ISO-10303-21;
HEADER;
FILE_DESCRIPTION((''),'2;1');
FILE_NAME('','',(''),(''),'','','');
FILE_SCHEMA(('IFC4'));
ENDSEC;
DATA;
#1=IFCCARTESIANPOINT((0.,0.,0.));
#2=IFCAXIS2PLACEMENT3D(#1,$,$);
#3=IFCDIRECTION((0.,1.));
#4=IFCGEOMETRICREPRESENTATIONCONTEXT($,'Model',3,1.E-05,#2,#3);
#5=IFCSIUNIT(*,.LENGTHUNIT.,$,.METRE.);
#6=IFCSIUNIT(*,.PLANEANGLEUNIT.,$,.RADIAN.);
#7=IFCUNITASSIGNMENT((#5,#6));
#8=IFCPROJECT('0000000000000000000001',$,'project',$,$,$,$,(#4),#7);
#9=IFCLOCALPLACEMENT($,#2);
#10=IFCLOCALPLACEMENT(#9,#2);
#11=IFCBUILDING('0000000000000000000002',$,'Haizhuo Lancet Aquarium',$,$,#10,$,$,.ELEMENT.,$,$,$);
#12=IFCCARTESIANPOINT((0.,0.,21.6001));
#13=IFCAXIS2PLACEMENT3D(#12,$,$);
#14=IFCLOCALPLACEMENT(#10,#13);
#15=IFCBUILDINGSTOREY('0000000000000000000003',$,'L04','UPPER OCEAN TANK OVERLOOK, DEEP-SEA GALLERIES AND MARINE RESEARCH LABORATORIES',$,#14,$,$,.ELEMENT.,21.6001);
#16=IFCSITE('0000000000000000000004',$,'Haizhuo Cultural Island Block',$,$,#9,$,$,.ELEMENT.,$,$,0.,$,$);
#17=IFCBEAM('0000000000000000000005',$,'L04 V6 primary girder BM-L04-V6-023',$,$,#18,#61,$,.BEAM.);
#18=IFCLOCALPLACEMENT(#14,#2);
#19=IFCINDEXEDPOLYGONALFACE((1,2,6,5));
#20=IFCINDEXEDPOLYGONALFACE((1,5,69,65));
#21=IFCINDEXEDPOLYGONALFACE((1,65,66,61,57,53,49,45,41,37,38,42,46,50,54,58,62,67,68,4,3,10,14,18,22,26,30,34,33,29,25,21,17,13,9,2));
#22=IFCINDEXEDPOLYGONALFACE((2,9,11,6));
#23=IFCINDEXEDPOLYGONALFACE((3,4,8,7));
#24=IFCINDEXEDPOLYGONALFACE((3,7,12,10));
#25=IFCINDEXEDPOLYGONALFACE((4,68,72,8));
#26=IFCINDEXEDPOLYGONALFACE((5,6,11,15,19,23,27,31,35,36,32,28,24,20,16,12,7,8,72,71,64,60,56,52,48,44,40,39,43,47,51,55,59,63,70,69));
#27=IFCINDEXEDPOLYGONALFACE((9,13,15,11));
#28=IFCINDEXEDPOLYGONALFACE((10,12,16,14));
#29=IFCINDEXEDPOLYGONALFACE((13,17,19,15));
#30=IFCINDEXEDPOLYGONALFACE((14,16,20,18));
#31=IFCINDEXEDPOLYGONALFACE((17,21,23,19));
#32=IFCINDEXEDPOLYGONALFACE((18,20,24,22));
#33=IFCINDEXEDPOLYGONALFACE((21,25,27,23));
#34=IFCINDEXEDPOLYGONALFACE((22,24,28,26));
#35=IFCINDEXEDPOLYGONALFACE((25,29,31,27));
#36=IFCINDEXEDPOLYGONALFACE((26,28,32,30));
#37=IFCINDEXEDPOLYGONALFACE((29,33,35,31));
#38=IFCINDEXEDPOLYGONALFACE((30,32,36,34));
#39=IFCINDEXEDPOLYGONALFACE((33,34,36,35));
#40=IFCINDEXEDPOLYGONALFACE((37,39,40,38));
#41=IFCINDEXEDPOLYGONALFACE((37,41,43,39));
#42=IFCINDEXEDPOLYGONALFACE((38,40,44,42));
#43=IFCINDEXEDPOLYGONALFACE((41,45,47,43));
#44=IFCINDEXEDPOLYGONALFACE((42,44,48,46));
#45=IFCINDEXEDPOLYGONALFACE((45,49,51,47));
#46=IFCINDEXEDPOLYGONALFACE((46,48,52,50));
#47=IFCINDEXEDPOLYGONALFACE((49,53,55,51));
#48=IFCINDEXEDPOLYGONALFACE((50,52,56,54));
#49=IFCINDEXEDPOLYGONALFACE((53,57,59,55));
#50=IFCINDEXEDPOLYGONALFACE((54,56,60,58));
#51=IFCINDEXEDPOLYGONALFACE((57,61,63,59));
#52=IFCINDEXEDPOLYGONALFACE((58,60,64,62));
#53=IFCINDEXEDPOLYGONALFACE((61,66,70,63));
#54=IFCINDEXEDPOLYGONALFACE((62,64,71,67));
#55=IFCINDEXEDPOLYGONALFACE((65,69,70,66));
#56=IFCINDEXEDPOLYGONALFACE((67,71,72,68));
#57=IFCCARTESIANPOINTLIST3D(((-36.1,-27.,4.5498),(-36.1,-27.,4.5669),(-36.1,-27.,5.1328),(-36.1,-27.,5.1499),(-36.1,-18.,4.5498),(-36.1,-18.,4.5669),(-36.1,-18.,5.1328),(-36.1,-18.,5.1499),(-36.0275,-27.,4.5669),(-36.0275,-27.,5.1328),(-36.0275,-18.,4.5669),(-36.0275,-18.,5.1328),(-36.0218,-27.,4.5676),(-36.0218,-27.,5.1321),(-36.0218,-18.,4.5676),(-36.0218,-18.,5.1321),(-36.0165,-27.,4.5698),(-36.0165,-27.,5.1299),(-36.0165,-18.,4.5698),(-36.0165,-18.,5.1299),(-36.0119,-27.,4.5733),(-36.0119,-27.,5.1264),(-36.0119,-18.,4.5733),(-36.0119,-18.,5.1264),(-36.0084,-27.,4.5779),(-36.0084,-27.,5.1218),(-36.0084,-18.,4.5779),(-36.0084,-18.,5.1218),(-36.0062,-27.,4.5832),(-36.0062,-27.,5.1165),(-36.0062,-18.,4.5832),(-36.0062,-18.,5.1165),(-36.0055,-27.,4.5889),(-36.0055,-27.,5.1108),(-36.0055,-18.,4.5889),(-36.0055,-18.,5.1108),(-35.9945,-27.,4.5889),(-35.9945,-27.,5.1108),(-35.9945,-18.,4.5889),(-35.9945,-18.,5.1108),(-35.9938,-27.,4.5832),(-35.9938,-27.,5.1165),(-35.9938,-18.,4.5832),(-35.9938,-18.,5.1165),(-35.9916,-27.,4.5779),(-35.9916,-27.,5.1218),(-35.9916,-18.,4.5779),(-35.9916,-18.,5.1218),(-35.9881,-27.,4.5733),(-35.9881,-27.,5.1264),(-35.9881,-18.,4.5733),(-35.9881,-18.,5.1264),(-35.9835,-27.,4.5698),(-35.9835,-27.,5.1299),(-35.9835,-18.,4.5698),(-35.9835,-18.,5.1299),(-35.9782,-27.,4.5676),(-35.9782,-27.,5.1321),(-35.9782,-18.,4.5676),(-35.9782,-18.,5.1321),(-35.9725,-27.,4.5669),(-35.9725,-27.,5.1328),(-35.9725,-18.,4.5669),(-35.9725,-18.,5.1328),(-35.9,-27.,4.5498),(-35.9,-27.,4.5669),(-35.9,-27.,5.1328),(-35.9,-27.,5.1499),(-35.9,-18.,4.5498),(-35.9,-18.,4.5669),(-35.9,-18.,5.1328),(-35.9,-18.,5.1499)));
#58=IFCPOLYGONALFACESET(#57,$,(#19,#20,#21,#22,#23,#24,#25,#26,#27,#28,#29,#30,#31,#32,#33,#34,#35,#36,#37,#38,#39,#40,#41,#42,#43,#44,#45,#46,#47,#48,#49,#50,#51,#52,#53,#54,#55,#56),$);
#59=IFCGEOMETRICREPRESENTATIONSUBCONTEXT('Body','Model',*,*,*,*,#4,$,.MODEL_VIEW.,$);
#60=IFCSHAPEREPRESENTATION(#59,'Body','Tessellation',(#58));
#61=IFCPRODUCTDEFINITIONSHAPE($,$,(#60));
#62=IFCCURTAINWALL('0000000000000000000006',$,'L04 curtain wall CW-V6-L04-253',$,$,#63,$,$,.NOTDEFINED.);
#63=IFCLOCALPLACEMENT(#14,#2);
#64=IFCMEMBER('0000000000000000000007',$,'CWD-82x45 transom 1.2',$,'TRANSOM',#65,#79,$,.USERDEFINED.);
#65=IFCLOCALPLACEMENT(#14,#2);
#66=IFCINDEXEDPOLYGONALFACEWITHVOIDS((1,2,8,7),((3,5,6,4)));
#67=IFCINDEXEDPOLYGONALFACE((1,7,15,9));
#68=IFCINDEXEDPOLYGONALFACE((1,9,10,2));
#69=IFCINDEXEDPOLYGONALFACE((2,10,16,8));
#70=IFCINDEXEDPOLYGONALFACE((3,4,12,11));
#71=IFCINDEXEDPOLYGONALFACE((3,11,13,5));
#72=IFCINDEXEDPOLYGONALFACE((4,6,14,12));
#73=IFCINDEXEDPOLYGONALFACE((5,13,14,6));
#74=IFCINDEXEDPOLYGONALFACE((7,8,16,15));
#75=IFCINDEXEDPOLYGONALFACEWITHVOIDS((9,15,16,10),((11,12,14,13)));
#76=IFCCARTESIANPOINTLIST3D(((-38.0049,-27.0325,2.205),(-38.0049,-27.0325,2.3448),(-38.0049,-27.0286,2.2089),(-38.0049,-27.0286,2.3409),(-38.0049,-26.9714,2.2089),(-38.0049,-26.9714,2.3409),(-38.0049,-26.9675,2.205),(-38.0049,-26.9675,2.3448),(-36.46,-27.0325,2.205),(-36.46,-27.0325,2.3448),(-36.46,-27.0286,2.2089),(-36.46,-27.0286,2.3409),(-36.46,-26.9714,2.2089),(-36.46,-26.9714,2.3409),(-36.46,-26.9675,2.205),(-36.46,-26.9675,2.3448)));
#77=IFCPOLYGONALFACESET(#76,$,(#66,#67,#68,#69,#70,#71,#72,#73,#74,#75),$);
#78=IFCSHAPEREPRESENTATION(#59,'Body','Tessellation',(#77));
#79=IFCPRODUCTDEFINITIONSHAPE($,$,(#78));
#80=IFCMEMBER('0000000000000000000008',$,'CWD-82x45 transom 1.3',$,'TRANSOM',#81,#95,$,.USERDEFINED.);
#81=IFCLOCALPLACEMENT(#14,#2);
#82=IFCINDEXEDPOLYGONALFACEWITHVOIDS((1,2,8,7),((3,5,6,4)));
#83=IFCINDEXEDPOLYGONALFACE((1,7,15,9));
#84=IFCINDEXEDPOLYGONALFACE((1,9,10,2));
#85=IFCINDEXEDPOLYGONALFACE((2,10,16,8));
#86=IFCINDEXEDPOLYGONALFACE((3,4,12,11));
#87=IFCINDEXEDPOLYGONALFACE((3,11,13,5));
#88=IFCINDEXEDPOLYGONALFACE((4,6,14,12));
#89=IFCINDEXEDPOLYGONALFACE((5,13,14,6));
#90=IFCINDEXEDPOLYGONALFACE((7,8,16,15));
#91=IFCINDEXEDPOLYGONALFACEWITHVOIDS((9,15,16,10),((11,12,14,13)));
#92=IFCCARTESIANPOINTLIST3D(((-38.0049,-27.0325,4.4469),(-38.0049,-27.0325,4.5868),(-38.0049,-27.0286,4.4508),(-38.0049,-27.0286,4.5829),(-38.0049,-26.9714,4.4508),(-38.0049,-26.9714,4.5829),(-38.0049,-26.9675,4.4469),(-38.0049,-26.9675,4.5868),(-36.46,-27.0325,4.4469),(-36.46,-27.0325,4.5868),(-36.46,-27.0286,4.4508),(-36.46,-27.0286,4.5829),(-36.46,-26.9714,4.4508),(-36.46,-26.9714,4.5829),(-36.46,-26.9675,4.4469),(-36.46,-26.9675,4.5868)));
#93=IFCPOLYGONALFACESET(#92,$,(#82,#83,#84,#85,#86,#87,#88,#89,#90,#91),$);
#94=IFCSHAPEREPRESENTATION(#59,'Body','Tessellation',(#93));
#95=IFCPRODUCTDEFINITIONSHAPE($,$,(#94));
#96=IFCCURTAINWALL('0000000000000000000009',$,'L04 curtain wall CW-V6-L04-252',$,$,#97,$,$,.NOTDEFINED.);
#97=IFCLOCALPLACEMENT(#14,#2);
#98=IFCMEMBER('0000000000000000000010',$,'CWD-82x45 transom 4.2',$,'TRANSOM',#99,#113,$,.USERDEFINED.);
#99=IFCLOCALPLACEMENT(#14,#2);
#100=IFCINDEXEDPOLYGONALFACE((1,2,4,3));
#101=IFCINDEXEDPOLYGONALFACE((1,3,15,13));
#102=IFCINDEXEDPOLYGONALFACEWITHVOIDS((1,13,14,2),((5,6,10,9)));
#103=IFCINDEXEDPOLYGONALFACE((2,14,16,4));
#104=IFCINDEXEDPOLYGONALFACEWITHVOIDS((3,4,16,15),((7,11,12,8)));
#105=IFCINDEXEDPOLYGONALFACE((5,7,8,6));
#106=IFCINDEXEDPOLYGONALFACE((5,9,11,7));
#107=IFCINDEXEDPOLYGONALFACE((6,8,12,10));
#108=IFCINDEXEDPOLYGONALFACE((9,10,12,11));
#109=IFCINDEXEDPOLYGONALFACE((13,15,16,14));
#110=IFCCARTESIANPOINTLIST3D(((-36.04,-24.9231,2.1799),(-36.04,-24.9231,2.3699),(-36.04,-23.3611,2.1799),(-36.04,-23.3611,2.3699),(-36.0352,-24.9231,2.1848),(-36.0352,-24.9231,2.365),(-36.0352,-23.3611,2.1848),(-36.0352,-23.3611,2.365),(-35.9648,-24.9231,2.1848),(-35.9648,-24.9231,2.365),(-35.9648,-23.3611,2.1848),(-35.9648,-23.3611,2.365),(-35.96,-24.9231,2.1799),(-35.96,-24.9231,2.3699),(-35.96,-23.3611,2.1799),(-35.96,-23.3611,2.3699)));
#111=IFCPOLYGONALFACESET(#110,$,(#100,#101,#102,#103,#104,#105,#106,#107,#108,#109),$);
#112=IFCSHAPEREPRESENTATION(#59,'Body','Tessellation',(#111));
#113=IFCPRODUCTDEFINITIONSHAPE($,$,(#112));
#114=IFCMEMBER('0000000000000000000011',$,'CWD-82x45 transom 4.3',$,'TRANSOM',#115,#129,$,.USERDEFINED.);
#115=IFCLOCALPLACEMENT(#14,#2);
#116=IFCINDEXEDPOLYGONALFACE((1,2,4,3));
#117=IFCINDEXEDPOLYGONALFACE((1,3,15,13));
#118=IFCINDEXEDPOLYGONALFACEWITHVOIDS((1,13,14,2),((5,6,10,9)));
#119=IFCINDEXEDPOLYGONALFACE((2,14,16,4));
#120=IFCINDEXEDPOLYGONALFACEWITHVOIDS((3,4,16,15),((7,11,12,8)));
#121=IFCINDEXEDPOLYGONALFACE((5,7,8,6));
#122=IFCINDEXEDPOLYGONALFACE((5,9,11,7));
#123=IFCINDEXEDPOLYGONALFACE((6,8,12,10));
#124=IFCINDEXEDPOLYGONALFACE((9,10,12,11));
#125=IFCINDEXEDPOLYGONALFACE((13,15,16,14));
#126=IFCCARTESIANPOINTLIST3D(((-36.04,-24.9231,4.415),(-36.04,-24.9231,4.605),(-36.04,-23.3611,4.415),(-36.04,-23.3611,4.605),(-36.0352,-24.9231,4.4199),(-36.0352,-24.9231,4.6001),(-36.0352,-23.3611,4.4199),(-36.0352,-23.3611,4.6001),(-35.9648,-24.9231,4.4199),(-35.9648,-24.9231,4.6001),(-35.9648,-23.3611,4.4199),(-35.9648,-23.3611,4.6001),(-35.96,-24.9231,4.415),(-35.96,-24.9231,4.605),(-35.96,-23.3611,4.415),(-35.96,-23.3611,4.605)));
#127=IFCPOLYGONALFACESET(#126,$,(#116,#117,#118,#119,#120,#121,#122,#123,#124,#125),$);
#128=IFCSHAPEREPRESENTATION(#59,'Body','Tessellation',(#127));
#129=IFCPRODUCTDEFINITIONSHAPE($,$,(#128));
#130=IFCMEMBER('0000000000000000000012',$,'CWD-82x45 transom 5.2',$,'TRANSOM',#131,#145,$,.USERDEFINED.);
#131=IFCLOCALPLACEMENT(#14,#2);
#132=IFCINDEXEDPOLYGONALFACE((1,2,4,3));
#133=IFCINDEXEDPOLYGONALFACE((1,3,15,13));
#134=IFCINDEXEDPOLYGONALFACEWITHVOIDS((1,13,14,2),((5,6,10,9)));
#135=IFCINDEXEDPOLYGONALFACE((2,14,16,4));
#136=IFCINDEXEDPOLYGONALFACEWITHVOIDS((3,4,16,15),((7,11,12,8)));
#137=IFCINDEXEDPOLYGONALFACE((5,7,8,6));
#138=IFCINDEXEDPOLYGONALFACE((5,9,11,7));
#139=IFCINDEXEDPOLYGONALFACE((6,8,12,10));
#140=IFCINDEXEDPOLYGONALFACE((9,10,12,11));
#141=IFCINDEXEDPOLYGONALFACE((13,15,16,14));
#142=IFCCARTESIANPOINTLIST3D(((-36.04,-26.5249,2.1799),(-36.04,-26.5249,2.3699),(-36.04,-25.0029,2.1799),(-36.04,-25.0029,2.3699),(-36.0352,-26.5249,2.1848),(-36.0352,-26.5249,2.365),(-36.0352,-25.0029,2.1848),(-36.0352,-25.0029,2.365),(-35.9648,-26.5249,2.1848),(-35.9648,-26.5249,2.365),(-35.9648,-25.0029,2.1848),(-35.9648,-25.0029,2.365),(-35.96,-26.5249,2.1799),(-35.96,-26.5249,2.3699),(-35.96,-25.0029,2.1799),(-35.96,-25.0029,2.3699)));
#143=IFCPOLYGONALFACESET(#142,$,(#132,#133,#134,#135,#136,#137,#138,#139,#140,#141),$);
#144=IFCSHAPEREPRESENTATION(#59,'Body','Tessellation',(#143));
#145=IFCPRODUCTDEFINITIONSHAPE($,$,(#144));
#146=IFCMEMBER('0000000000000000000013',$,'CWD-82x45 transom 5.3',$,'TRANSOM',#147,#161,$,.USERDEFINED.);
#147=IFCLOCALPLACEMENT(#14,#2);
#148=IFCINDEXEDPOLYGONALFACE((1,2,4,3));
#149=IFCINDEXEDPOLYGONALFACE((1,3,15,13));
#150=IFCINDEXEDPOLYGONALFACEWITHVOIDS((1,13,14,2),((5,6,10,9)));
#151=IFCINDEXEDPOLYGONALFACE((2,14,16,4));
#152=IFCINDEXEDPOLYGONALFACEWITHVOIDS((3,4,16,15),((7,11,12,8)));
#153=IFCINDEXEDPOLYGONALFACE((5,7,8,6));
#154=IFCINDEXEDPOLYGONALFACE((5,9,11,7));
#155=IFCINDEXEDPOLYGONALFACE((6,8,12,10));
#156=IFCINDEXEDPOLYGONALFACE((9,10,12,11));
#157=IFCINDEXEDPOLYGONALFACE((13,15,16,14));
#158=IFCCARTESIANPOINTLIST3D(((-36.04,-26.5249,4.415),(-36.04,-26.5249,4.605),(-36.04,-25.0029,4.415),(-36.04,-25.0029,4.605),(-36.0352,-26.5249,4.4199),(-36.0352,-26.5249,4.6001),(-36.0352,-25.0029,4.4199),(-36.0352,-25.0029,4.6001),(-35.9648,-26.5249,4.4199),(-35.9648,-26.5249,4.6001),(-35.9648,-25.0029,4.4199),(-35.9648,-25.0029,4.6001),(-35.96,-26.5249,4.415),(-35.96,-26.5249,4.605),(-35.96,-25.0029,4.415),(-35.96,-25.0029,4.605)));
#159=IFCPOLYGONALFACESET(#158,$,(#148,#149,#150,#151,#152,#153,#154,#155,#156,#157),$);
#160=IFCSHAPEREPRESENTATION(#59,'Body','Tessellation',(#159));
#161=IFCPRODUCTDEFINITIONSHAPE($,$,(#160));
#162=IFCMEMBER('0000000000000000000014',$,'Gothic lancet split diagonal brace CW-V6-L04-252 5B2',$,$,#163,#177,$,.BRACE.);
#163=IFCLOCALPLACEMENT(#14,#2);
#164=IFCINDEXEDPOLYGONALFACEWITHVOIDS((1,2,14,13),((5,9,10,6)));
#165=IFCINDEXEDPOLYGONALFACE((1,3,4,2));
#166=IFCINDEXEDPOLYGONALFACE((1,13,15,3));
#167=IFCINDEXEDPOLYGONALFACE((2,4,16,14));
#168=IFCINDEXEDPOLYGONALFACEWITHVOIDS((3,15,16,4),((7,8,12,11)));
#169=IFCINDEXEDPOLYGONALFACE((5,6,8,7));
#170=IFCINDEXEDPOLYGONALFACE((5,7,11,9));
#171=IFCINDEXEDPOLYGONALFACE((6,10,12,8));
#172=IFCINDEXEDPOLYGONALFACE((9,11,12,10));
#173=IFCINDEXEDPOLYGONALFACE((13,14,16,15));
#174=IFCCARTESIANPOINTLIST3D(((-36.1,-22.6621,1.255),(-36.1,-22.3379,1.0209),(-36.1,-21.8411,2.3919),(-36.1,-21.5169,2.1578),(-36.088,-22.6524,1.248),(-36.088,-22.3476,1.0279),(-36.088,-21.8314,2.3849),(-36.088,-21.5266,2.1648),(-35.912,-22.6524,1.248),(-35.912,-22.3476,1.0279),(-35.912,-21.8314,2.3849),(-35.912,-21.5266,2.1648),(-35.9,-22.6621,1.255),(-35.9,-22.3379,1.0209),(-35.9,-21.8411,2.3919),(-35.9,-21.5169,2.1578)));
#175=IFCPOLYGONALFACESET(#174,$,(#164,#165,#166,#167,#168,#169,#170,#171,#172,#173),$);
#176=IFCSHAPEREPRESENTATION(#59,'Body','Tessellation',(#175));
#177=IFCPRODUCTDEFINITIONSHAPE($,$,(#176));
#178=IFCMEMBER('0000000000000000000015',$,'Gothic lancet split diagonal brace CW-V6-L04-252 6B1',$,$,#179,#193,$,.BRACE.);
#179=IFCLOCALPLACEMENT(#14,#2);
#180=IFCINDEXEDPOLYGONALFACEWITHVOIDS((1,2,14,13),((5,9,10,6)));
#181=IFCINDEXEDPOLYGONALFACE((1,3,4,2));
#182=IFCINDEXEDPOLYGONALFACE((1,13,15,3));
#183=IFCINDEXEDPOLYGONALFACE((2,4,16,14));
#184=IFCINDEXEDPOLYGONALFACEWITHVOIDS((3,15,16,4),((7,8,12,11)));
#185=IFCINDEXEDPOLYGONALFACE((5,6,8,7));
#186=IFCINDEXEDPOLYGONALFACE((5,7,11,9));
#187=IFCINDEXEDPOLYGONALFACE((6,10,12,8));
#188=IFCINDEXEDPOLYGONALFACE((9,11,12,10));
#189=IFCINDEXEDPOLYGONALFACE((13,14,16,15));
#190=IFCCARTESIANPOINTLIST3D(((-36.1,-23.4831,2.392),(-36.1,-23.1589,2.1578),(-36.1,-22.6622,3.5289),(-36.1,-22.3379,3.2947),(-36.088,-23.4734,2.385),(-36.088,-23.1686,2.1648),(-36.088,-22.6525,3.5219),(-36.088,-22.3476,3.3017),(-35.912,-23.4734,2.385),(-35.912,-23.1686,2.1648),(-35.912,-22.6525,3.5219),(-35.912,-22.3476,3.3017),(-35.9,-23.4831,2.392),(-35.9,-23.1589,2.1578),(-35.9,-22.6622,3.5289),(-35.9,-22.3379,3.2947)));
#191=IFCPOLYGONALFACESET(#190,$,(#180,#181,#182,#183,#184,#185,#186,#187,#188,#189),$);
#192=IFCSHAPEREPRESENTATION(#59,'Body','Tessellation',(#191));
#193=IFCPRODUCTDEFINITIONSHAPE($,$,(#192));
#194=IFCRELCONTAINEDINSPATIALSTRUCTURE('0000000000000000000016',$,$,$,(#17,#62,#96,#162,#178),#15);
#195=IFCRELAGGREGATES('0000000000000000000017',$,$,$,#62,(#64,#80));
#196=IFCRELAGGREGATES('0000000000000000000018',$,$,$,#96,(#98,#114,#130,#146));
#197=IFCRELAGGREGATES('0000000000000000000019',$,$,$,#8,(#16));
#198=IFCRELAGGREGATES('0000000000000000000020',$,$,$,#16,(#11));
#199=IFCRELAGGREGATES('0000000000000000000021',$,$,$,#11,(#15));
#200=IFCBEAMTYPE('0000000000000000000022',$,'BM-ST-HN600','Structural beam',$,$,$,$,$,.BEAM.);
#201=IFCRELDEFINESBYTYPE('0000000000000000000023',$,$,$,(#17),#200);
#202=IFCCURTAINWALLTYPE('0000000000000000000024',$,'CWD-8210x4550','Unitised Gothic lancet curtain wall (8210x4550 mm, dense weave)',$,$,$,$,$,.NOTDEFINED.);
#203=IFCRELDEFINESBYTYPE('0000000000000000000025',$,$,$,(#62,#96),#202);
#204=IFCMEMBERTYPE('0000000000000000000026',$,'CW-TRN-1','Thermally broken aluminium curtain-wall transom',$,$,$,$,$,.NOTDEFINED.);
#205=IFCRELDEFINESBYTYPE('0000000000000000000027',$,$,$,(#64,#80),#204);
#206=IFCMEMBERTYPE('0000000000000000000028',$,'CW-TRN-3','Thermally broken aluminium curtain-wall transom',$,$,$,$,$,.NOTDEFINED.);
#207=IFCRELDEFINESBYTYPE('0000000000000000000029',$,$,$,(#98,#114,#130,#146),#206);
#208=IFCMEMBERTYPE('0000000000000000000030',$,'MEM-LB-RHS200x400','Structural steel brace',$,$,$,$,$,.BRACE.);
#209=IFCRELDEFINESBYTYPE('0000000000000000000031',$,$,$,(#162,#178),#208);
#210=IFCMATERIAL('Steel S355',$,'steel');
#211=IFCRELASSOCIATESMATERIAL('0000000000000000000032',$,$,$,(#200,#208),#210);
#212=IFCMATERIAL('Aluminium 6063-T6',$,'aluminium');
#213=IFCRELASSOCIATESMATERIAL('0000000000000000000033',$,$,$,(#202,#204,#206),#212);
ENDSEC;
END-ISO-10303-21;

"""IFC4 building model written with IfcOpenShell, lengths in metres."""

from ifc_helpers import new_model, si_unit, direction, frame, origin, origin_2d, place, context, subcontext, project, spatial, hollow_rectangle, i_section, extrude, material, material_profile, profile_set, type_object, element, aggregate, save


model = new_model("IFC4")

# Units and contexts
model_context = context("Model", 3, precision=1e-05, world=origin(), true_north=direction((0.0, 1.0)))
body_context = subcontext(model_context, "Body", "Model", "MODEL_VIEW")
ifc_project = project(units=[si_unit("LENGTHUNIT", "METRE"), si_unit("PLANEANGLEUNIT", "RADIAN")], contexts=[model_context])

# Site, building, storey
site_placement = place(None, origin())
site = spatial("IfcSite", under=ifc_project, at=site_placement, Name="Haizhuo Cultural Island Block", CompositionType="ELEMENT", RefElevation=0.0)
building_placement = place(site_placement, origin())
building = spatial("IfcBuilding", under=site, at=building_placement, Name="Haizhuo Lancet Aquarium", CompositionType="ELEMENT")
storey_placement = place(building_placement, frame((0.0, 0.0, 21.6001)))
storey = spatial("IfcBuildingStorey", under=building, at=storey_placement, Name="L04", Description="UPPER OCEAN TANK OVERLOOK, DEEP-SEA GALLERIES AND MARINE RESEARCH LABORATORIES", CompositionType="ELEMENT", Elevation=21.6001)

# Beam
ifc_material_1 = material(Name="Steel S355", Category="steel")
ifc_material_profile_1 = material_profile(ifc_material_1, i_section(OverallWidth=0.2, OverallDepth=0.6001, WebThickness=0.011, FlangeThickness=0.0171, FilletRadius=0.022, at=origin_2d()), Name="HN 600x200x11x17")
ifc_profile_set_1 = profile_set([ifc_material_profile_1], Name="Steel S355")
beam_type = type_object("IfcBeamType", Name="BM-ST-HN600", Description="Structural beam", PredefinedType="BEAM", material=ifc_profile_set_1)
beam_placement = place(storey_placement, frame((-36.0, -27.0, 4.8499), z_axis=(0.0, 1.0, 0.0), x_axis=(-1.0, 0.0, 0.0)))
element("IfcBeam", 1, at=beam_placement, inside=storey, type_object=beam_type, Name="L04 V6 primary girder BM-L04-V6-023", PredefinedType="BEAM", context=body_context, shape_type="SweptSolid", body=[
    extrude(i_section(OverallWidth=0.2, OverallDepth=0.6001, WebThickness=0.011, FlangeThickness=0.0171, FilletRadius=0.022, at=origin_2d()), origin(), (0.0, 0.0, 1.0), 9.0),
])

# Curtain walls, members
ifc_material_2 = material(Name="Aluminium 6063-T6", Category="aluminium")
curtain_wall_type = type_object("IfcCurtainWallType", Name="CWD-8210x4550", Description="Unitised Gothic lancet curtain wall (8210x4550 mm, dense weave)", PredefinedType="NOTDEFINED", material=ifc_material_2)
curtain_wall_1_placement = place(storey_placement, origin())
curtain_wall_1 = element("IfcCurtainWall", 2, at=curtain_wall_1_placement, inside=storey, type_object=curtain_wall_type, Name="L04 curtain wall CW-V6-L04-253", PredefinedType="NOTDEFINED")
ifc_material_profile_2 = material_profile(ifc_material_2, hollow_rectangle(XDim=0.0649, YDim=0.1399, WallThickness=0.0039, at=origin_2d()), Name="ALU-T 65x140x4")
ifc_profile_set_2 = profile_set([ifc_material_profile_2], Name="Aluminium 6063-T6")
member_type_1 = type_object("IfcMemberType", Name="CW-TRN-1", Description="Thermally broken aluminium curtain-wall transom", PredefinedType="NOTDEFINED", material=ifc_profile_set_2)
member_1_placement = place(storey_placement, frame((-36.46, -27.0, 2.2749), z_axis=(-1.0, 0.0, 0.0), x_axis=(0.0, -1.0, 0.0)))
member_1 = element("IfcMember", 3, at=member_1_placement, type_object=member_type_1, Name="CWD-82x45 transom 1.2", ObjectType="TRANSOM", PredefinedType="USERDEFINED", context=body_context, shape_type="SweptSolid", body=[
    extrude(hollow_rectangle(XDim=0.0649, YDim=0.1399, WallThickness=0.0039, at=origin_2d()), origin(), (0.0, 0.0, 1.0), 1.5449),
])
member_2_placement = place(storey_placement, frame((-36.46, -27.0, 4.5168), z_axis=(-1.0, 0.0, 0.0), x_axis=(0.0, -1.0, 0.0)))
member_2 = element("IfcMember", 4, at=member_2_placement, type_object=member_type_1, Name="CWD-82x45 transom 1.3", ObjectType="TRANSOM", PredefinedType="USERDEFINED", context=body_context, shape_type="SweptSolid", body=[
    extrude(hollow_rectangle(XDim=0.0649, YDim=0.1399, WallThickness=0.0039, at=origin_2d()), origin(), (0.0, 0.0, 1.0), 1.5449),
])
curtain_wall_2_placement = place(storey_placement, origin())
curtain_wall_2 = element("IfcCurtainWall", 5, at=curtain_wall_2_placement, inside=storey, type_object=curtain_wall_type, Name="L04 curtain wall CW-V6-L04-252", PredefinedType="NOTDEFINED")
ifc_material_profile_3 = material_profile(ifc_material_2, hollow_rectangle(XDim=0.0801, YDim=0.1899, WallThickness=0.0049, at=origin_2d()), Name="ALU-T 80x190x5")
ifc_profile_set_3 = profile_set([ifc_material_profile_3], Name="Aluminium 6063-T6")
member_type_2 = type_object("IfcMemberType", Name="CW-TRN-3", Description="Thermally broken aluminium curtain-wall transom", PredefinedType="NOTDEFINED", material=ifc_profile_set_3)
member_3_placement = place(storey_placement, frame((-36.0, -23.3611, 2.2749), z_axis=(0.0, -1.0, 0.0), x_axis=(1.0, 0.0, 0.0)))
member_3 = element("IfcMember", 6, at=member_3_placement, type_object=member_type_2, Name="CWD-82x45 transom 4.2", ObjectType="TRANSOM", PredefinedType="USERDEFINED", context=body_context, shape_type="SweptSolid", body=[
    extrude(hollow_rectangle(XDim=0.0801, YDim=0.1899, WallThickness=0.0049, at=origin_2d()), origin(), (0.0, 0.0, 1.0), 1.562),
])
member_4_placement = place(storey_placement, frame((-36.0, -23.3611, 4.51), z_axis=(0.0, -1.0, 0.0), x_axis=(1.0, 0.0, 0.0)))
member_4 = element("IfcMember", 7, at=member_4_placement, type_object=member_type_2, Name="CWD-82x45 transom 4.3", ObjectType="TRANSOM", PredefinedType="USERDEFINED", context=body_context, shape_type="SweptSolid", body=[
    extrude(hollow_rectangle(XDim=0.0801, YDim=0.1899, WallThickness=0.0049, at=origin_2d()), origin(), (0.0, 0.0, 1.0), 1.562),
])
member_5_placement = place(storey_placement, frame((-36.0, -25.0029, 2.2749), z_axis=(0.0, -1.0, 0.0), x_axis=(1.0, 0.0, 0.0)))
member_5 = element("IfcMember", 8, at=member_5_placement, type_object=member_type_2, Name="CWD-82x45 transom 5.2", ObjectType="TRANSOM", PredefinedType="USERDEFINED", context=body_context, shape_type="SweptSolid", body=[
    extrude(hollow_rectangle(XDim=0.0801, YDim=0.1899, WallThickness=0.0049, at=origin_2d()), origin(), (0.0, 0.0, 1.0), 1.522),
])
member_6_placement = place(storey_placement, frame((-36.0, -25.0029, 4.51), z_axis=(0.0, -1.0, 0.0), x_axis=(1.0, 0.0, 0.0)))
member_6 = element("IfcMember", 9, at=member_6_placement, type_object=member_type_2, Name="CWD-82x45 transom 5.3", ObjectType="TRANSOM", PredefinedType="USERDEFINED", context=body_context, shape_type="SweptSolid", body=[
    extrude(hollow_rectangle(XDim=0.0801, YDim=0.1899, WallThickness=0.0049, at=origin_2d()), origin(), (0.0, 0.0, 1.0), 1.522),
])

# Members
ifc_material_profile_4 = material_profile(ifc_material_1, hollow_rectangle(XDim=0.2, YDim=0.3999, WallThickness=0.012, at=origin_2d()), Name="RHS 200x400x12")
ifc_profile_set_4 = profile_set([ifc_material_profile_4], Name="Steel S355")
member_type_3 = type_object("IfcMemberType", Name="MEM-LB-RHS200x400", Description="Structural steel brace", PredefinedType="BRACE", material=ifc_profile_set_4)
for number, where, z_axis, x_axis, name in (
    (10, (-36.0, -22.5, 1.1379), (0.0, 0.585446, 0.810711), (-1.0, 0.0, 0.0), "Gothic lancet split diagonal brace CW-V6-L04-252 5B2"),
    (11, (-36.0, -23.321, 2.2749), (0.0, 0.585446, 0.810711), (-1.0, 0.0, 0.0), "Gothic lancet split diagonal brace CW-V6-L04-252 6B1"),
):
    element("IfcMember", number, at=place(storey_placement, frame(where, z_axis=z_axis, x_axis=x_axis)), inside=storey, type_object=member_type_3, Name=name, PredefinedType="BRACE", context=body_context, shape_type="SweptSolid", body=[
        extrude(hollow_rectangle(XDim=0.2, YDim=0.3999, WallThickness=0.012, at=origin_2d()), origin(), (0.0, 0.0, 1.0), 1.4023),
    ])

aggregate(curtain_wall_1, [member_1, member_2])
aggregate(curtain_wall_2, [member_3, member_4, member_5, member_6])

save(model, "model.ifc")
